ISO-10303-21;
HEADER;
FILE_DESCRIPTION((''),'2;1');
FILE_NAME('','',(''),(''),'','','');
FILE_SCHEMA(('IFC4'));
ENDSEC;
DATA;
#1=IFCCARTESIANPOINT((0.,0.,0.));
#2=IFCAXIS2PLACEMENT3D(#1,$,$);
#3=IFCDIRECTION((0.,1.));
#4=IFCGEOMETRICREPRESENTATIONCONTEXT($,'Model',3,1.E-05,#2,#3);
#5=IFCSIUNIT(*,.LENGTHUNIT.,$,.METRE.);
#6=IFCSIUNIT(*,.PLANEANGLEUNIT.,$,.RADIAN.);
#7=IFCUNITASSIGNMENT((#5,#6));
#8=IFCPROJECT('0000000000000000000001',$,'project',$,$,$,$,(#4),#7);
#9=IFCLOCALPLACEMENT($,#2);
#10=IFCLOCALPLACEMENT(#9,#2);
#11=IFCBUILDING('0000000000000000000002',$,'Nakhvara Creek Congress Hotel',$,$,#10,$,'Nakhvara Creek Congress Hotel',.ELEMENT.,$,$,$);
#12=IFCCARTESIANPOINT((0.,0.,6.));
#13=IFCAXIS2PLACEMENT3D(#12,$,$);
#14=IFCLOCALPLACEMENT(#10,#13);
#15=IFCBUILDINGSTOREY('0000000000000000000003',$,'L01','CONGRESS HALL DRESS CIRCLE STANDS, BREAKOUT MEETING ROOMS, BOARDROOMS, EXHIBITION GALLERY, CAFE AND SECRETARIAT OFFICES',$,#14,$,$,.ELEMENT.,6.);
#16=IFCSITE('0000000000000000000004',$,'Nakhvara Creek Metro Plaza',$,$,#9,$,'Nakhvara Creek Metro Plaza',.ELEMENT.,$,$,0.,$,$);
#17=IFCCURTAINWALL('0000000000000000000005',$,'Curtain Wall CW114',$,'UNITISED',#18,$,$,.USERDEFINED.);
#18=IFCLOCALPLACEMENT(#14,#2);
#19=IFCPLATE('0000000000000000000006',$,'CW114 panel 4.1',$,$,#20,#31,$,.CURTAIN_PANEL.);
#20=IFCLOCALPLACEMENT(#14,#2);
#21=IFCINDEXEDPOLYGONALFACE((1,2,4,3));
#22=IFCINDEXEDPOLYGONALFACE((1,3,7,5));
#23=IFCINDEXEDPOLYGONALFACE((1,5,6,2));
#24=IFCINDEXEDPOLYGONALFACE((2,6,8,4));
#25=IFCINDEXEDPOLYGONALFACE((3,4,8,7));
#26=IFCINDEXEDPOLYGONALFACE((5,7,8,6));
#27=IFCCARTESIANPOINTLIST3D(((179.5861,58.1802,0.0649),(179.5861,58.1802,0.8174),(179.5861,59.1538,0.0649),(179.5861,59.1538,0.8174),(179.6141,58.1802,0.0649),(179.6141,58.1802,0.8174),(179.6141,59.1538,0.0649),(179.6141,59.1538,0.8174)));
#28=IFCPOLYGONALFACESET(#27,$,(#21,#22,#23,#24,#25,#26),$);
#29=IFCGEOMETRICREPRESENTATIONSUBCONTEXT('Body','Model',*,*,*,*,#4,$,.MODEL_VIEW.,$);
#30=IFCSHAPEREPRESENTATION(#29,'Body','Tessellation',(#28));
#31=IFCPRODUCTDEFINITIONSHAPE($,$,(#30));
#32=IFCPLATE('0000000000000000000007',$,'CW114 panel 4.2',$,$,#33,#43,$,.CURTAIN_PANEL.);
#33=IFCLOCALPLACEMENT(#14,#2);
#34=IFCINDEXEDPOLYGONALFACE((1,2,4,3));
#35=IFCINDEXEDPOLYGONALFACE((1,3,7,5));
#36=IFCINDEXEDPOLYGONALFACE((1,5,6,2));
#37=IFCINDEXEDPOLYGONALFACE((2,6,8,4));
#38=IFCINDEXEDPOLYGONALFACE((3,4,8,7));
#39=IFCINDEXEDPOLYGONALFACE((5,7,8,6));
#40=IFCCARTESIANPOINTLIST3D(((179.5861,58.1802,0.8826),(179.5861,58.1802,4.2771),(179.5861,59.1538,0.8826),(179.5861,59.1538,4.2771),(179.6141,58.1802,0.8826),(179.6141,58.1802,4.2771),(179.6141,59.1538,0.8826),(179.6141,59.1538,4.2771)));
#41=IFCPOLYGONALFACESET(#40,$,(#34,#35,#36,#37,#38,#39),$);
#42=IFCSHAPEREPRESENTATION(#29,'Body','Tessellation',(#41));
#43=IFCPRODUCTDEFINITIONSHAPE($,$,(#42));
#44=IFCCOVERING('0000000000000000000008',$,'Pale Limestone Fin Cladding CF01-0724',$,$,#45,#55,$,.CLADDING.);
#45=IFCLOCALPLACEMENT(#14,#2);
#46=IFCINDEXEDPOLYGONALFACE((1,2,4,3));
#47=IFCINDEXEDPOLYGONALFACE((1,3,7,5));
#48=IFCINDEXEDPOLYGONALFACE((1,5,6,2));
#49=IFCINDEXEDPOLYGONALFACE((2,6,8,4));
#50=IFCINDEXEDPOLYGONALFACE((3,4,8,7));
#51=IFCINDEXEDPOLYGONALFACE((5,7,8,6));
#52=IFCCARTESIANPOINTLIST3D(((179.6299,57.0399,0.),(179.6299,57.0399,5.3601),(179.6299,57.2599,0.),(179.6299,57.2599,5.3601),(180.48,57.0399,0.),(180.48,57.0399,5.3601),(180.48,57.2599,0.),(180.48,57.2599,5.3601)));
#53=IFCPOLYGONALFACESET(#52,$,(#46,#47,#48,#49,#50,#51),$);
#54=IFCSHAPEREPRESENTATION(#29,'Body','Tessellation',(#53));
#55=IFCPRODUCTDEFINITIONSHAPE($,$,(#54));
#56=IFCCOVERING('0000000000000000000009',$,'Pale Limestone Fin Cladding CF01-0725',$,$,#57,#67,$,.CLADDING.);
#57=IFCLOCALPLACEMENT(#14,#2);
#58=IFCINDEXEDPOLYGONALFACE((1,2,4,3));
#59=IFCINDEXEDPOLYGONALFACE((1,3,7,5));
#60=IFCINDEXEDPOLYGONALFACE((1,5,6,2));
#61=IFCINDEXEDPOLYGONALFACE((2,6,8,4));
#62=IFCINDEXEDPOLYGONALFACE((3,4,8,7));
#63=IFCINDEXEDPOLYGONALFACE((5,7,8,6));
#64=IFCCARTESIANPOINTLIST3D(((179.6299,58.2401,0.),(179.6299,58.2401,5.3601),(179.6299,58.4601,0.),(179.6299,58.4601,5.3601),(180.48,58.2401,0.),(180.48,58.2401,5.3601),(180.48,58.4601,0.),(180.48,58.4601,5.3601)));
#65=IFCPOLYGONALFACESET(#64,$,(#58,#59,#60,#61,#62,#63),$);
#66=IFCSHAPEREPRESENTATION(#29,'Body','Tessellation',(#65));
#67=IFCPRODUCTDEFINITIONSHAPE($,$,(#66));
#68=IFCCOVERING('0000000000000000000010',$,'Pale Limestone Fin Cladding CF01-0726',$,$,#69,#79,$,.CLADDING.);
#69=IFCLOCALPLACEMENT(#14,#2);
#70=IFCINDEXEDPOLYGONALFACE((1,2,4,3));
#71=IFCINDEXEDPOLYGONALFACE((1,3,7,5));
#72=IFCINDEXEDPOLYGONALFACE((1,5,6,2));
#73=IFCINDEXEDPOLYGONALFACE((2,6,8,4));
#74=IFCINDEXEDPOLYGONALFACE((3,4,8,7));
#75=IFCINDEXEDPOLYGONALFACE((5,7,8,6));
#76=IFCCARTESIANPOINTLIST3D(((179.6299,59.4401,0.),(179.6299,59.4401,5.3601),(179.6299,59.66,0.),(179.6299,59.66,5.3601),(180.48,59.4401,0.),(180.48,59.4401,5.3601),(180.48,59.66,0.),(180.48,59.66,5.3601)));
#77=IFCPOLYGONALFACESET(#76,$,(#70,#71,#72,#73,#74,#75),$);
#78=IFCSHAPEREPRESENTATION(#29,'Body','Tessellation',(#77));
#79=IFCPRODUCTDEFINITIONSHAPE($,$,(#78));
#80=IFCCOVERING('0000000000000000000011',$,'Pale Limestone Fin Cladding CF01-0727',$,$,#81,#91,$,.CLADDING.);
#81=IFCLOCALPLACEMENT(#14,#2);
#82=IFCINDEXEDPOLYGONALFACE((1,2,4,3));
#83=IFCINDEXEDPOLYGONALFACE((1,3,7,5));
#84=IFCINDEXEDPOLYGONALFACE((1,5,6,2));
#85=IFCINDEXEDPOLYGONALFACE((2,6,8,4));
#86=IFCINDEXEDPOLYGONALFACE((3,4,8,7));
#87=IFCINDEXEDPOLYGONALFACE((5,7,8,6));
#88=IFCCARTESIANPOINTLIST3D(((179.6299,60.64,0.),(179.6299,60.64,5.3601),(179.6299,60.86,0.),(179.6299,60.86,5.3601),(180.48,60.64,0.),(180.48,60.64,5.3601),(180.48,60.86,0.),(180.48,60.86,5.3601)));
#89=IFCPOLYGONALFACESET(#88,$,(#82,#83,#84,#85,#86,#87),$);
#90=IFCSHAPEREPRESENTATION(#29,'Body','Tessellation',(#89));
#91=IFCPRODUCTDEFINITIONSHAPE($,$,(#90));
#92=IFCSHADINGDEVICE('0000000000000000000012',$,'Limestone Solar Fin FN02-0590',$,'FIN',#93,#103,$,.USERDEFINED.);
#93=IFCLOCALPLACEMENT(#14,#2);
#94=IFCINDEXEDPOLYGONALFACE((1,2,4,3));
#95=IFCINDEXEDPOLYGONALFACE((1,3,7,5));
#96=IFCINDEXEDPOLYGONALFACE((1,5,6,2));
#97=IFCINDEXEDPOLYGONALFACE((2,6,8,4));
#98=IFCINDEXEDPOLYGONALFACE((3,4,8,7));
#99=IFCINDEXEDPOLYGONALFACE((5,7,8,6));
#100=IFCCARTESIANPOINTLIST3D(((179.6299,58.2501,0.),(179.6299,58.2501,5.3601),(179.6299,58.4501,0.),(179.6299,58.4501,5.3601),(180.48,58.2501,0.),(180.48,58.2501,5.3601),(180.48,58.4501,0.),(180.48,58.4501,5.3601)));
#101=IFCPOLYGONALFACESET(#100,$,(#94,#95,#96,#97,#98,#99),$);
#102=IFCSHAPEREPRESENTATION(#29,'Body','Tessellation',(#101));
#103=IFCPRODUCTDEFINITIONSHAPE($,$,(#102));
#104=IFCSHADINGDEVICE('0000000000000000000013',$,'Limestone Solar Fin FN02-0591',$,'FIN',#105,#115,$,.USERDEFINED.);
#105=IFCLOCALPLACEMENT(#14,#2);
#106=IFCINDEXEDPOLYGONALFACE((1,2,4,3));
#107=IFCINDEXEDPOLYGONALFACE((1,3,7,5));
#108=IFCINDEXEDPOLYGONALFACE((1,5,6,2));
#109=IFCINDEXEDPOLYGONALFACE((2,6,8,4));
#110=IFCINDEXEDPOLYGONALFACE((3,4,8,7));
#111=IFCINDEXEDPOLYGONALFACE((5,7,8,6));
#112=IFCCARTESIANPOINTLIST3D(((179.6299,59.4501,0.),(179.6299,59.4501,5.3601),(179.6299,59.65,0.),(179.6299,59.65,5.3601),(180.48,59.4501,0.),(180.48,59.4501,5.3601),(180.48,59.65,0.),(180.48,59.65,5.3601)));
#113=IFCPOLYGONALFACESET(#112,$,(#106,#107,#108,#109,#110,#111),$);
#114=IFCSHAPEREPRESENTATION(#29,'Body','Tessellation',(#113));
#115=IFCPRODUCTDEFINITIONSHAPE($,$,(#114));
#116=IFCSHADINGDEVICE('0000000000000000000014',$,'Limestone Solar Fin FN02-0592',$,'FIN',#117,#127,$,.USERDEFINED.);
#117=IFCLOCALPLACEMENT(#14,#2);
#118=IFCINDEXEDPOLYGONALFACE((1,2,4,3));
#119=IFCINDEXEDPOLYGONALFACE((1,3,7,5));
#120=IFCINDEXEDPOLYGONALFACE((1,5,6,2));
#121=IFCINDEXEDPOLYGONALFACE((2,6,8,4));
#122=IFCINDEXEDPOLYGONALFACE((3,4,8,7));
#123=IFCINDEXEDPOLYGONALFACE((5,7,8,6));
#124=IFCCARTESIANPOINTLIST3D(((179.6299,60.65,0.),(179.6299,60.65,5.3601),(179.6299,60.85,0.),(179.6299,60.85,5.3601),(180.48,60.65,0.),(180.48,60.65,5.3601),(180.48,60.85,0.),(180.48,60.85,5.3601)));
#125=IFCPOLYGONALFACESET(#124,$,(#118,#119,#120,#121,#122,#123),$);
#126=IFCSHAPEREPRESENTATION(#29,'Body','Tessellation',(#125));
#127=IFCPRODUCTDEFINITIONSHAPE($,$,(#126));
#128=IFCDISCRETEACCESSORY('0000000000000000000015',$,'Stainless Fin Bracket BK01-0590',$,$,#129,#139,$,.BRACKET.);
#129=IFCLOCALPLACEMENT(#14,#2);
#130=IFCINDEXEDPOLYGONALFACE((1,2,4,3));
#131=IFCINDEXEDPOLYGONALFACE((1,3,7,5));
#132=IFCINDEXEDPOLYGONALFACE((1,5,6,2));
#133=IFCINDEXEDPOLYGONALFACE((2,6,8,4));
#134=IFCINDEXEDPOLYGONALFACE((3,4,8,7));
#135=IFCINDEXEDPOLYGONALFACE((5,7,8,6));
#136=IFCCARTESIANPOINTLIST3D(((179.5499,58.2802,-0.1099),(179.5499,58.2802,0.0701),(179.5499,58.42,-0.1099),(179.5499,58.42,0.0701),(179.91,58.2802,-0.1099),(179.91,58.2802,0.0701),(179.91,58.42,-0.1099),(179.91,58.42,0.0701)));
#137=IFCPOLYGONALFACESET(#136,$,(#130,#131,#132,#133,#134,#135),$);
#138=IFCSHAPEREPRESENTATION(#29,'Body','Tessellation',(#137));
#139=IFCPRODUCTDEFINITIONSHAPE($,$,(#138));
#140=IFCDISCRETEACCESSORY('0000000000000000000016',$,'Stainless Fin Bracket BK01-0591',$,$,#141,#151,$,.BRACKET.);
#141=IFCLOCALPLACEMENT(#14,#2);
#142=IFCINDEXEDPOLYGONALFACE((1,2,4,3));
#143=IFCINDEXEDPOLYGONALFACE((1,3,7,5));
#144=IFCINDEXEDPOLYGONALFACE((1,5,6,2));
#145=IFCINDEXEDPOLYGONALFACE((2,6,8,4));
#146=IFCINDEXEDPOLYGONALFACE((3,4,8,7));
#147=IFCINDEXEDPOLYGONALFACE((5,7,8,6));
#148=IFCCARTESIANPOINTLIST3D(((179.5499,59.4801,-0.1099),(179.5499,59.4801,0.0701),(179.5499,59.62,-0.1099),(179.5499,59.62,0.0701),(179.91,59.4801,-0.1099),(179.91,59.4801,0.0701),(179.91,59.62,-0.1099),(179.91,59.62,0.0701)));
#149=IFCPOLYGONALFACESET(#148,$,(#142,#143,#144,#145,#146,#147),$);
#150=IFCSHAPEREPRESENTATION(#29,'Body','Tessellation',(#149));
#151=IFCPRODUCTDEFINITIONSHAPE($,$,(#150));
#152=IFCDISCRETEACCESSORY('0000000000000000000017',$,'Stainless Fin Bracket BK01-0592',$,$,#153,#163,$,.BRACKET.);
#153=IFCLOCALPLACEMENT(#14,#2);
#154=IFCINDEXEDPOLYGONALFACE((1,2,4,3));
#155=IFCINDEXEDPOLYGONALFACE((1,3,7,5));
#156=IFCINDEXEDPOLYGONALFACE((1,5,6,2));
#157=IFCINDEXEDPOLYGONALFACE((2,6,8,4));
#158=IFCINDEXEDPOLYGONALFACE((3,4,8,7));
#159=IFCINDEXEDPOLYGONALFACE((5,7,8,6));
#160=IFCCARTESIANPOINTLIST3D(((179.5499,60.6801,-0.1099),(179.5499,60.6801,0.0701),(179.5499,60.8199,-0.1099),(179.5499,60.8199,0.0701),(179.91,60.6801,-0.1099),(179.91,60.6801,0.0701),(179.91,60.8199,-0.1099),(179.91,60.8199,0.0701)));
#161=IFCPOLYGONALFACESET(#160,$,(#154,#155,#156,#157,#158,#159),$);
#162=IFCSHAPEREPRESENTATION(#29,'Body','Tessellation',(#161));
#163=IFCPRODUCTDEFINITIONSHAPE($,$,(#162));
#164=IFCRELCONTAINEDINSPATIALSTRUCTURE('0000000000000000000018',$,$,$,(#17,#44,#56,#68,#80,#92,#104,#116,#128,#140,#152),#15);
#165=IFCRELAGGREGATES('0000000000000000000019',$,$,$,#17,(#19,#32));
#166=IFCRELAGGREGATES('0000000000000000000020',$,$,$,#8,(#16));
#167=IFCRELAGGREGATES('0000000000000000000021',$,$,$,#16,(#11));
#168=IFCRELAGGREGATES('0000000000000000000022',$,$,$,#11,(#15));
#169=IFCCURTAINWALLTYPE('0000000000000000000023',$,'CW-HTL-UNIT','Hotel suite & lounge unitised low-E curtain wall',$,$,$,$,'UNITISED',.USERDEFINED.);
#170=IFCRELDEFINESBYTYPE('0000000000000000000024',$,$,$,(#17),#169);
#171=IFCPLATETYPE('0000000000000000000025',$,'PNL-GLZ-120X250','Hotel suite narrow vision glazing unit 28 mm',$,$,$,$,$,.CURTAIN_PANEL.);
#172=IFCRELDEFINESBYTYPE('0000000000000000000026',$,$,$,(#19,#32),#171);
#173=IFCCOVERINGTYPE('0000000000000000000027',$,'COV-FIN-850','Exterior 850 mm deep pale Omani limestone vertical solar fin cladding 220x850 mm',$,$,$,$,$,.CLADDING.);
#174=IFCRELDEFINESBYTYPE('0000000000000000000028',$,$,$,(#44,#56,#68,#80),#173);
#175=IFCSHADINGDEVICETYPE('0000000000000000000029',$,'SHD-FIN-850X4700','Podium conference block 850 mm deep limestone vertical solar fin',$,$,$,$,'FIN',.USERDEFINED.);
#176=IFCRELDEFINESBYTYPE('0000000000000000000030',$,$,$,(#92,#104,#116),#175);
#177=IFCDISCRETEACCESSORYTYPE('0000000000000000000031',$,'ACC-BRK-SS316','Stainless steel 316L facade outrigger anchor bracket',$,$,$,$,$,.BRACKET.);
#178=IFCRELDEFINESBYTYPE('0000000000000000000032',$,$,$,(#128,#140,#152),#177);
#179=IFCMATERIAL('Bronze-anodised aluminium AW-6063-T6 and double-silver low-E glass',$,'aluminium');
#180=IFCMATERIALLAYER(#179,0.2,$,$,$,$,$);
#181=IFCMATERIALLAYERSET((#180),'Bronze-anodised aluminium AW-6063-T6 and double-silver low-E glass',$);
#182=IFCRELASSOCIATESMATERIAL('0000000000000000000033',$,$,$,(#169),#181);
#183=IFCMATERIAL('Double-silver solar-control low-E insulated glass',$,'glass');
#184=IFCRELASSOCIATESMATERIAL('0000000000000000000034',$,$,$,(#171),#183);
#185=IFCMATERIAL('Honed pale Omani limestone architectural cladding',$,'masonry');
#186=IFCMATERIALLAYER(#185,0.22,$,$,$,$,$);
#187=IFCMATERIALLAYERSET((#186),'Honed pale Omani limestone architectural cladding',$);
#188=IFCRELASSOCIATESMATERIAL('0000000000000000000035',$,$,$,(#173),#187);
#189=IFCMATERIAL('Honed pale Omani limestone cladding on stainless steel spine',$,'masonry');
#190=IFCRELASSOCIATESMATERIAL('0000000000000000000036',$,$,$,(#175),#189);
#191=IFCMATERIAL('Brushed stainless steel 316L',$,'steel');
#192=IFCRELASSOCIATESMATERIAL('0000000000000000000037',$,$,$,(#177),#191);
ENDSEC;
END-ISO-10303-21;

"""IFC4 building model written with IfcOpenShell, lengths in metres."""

from ifc_helpers import new_model, si_unit, direction, frame, origin, origin_2d, place, context, subcontext, project, spatial, rectangle, extrude, material, layer, layer_set, type_object, element, aggregate, save


model = new_model("IFC4")

# Units and contexts
model_context = context("Model", 3, precision=1e-05, world=origin(), true_north=direction((0.0, 1.0)))
body_context = subcontext(model_context, "Body", "Model", "MODEL_VIEW")
ifc_project = project(units=[si_unit("LENGTHUNIT", "METRE"), si_unit("PLANEANGLEUNIT", "RADIAN")], contexts=[model_context])

# Site, building, storey
site_placement = place(None, origin())
site = spatial("IfcSite", under=ifc_project, at=site_placement, Name="Nakhvara Creek Metro Plaza", LongName="Nakhvara Creek Metro Plaza", CompositionType="ELEMENT", RefElevation=0.0)
building_placement = place(site_placement, origin())
building = spatial("IfcBuilding", under=site, at=building_placement, Name="Nakhvara Creek Congress Hotel", LongName="Nakhvara Creek Congress Hotel", CompositionType="ELEMENT")
storey_placement = place(building_placement, frame((0.0, 0.0, 6.0)))
storey = spatial("IfcBuildingStorey", under=building, at=storey_placement, Name="L01", Description="CONGRESS HALL DRESS CIRCLE STANDS, BREAKOUT MEETING ROOMS, BOARDROOMS, EXHIBITION GALLERY, CAFE AND SECRETARIAT OFFICES", CompositionType="ELEMENT", Elevation=6.0)

# Curtain wall, plates
ifc_material_1 = material(Name="Bronze-anodised aluminium AW-6063-T6 and double-silver low-E glass", Category="aluminium")
ifc_layer_1 = layer(ifc_material_1, 0.2)
ifc_layer_set_1 = layer_set([ifc_layer_1], Name="Bronze-anodised aluminium AW-6063-T6 and double-silver low-E glass")
curtain_wall_type = type_object("IfcCurtainWallType", Name="CW-HTL-UNIT", Description="Hotel suite & lounge unitised low-E curtain wall", ElementType="UNITISED", PredefinedType="USERDEFINED", material=ifc_layer_set_1)
curtain_wall_placement = place(storey_placement, origin())
curtain_wall = element("IfcCurtainWall", 1, at=curtain_wall_placement, inside=storey, type_object=curtain_wall_type, Name="Curtain Wall CW114", ObjectType="UNITISED", PredefinedType="USERDEFINED")
ifc_material_2 = material(Name="Double-silver solar-control low-E insulated glass", Category="glass")
plate_type = type_object("IfcPlateType", Name="PNL-GLZ-120X250", Description="Hotel suite narrow vision glazing unit 28 mm", PredefinedType="CURTAIN_PANEL", material=ifc_material_2)
plate_1_placement = place(storey_placement, frame((179.6001, 58.667, 0.0649), z_axis=(0.0, 0.0, 1.0), x_axis=(0.0, -1.0, 0.0)))
plate_1 = element("IfcPlate", 2, at=plate_1_placement, type_object=plate_type, Name="CW114 panel 4.1", PredefinedType="CURTAIN_PANEL", context=body_context, shape_type="SweptSolid", body=[
    extrude(rectangle(XDim=0.9736, YDim=0.0281, at=origin_2d()), origin(), (0.0, 0.0, 1.0), 0.7524),
])
plate_2_placement = place(storey_placement, frame((179.6001, 58.667, 0.8826), z_axis=(0.0, 0.0, 1.0), x_axis=(0.0, -1.0, 0.0)))
plate_2 = element("IfcPlate", 3, at=plate_2_placement, type_object=plate_type, Name="CW114 panel 4.2", PredefinedType="CURTAIN_PANEL", context=body_context, shape_type="SweptSolid", body=[
    extrude(rectangle(XDim=0.9736, YDim=0.0281, at=origin_2d()), origin(), (0.0, 0.0, 1.0), 3.3945),
])
aggregate(curtain_wall, [plate_1, plate_2])

# Coverings
ifc_material_3 = material(Name="Honed pale Omani limestone architectural cladding", Category="masonry")
ifc_layer_2 = layer(ifc_material_3, 0.22)
ifc_layer_set_2 = layer_set([ifc_layer_2], Name="Honed pale Omani limestone architectural cladding")
covering_type = type_object("IfcCoveringType", Name="COV-FIN-850", Description="Exterior 850 mm deep pale Omani limestone vertical solar fin cladding 220x850 mm", PredefinedType="CLADDING", material=ifc_layer_set_2)
for number, where, z_axis, x_axis, name in (
    (4, (180.0549, 57.1499, 0.0), (0.0, 0.0, 1.0), (0.0, 1.0, 0.0), "Pale Limestone Fin Cladding CF01-0724"),
    (5, (180.0549, 58.3501, 0.0), (0.0, 0.0, 1.0), (0.0, 1.0, 0.0), "Pale Limestone Fin Cladding CF01-0725"),
    (6, (180.0549, 59.55, 0.0), (0.0, 0.0, 1.0), (0.0, 1.0, 0.0), "Pale Limestone Fin Cladding CF01-0726"),
    (7, (180.0549, 60.75, 0.0), (0.0, 0.0, 1.0), (0.0, 1.0, 0.0), "Pale Limestone Fin Cladding CF01-0727"),
):
    element("IfcCovering", number, at=place(storey_placement, frame(where, z_axis=z_axis, x_axis=x_axis)), inside=storey, type_object=covering_type, Name=name, PredefinedType="CLADDING", context=body_context, shape_type="SweptSolid", body=[
        extrude(rectangle(XDim=0.22, YDim=0.8501, at=origin_2d()), origin(), (0.0, 0.0, 1.0), 5.3601),
    ])

# Shading devices
ifc_material_4 = material(Name="Honed pale Omani limestone cladding on stainless steel spine", Category="masonry")
shading_device_type = type_object("IfcShadingDeviceType", Name="SHD-FIN-850X4700", Description="Podium conference block 850 mm deep limestone vertical solar fin", ElementType="FIN", PredefinedType="USERDEFINED", material=ifc_material_4)
for number, where, z_axis, x_axis, name in (
    (8, (180.0549, 58.3501, 0.0), (0.0, 0.0, 1.0), (0.0, 1.0, 0.0), "Limestone Solar Fin FN02-0590"),
    (9, (180.0549, 59.55, 0.0), (0.0, 0.0, 1.0), (0.0, 1.0, 0.0), "Limestone Solar Fin FN02-0591"),
    (10, (180.0549, 60.75, 0.0), (0.0, 0.0, 1.0), (0.0, 1.0, 0.0), "Limestone Solar Fin FN02-0592"),
):
    element("IfcShadingDevice", number, at=place(storey_placement, frame(where, z_axis=z_axis, x_axis=x_axis)), inside=storey, type_object=shading_device_type, Name=name, ObjectType="FIN", PredefinedType="USERDEFINED", context=body_context, shape_type="SweptSolid", body=[
        extrude(rectangle(XDim=0.2, YDim=0.8501, at=origin_2d()), origin(), (0.0, 0.0, 1.0), 5.3601),
    ])

# Discrete accessories
ifc_material_5 = material(Name="Brushed stainless steel 316L", Category="steel")
discrete_accessory_type = type_object("IfcDiscreteAccessoryType", Name="ACC-BRK-SS316", Description="Stainless steel 316L facade outrigger anchor bracket", PredefinedType="BRACKET", material=ifc_material_5)
for number, where, z_axis, x_axis, name in (
    (11, (179.73, 58.3501, -0.1099), (0.0, 0.0, 1.0), (0.0, 1.0, 0.0), "Stainless Fin Bracket BK01-0590"),
    (12, (179.73, 59.55, -0.1099), (0.0, 0.0, 1.0), (0.0, 1.0, 0.0), "Stainless Fin Bracket BK01-0591"),
    (13, (179.73, 60.75, -0.1099), (0.0, 0.0, 1.0), (0.0, 1.0, 0.0), "Stainless Fin Bracket BK01-0592"),
):
    element("IfcDiscreteAccessory", number, at=place(storey_placement, frame(where, z_axis=z_axis, x_axis=x_axis)), inside=storey, type_object=discrete_accessory_type, Name=name, PredefinedType="BRACKET", context=body_context, shape_type="SweptSolid", body=[
        extrude(rectangle(XDim=0.1399, YDim=0.3601, at=origin_2d()), origin(), (0.0, 0.0, 1.0), 0.1799),
    ])

save(model, "model.ifc")
